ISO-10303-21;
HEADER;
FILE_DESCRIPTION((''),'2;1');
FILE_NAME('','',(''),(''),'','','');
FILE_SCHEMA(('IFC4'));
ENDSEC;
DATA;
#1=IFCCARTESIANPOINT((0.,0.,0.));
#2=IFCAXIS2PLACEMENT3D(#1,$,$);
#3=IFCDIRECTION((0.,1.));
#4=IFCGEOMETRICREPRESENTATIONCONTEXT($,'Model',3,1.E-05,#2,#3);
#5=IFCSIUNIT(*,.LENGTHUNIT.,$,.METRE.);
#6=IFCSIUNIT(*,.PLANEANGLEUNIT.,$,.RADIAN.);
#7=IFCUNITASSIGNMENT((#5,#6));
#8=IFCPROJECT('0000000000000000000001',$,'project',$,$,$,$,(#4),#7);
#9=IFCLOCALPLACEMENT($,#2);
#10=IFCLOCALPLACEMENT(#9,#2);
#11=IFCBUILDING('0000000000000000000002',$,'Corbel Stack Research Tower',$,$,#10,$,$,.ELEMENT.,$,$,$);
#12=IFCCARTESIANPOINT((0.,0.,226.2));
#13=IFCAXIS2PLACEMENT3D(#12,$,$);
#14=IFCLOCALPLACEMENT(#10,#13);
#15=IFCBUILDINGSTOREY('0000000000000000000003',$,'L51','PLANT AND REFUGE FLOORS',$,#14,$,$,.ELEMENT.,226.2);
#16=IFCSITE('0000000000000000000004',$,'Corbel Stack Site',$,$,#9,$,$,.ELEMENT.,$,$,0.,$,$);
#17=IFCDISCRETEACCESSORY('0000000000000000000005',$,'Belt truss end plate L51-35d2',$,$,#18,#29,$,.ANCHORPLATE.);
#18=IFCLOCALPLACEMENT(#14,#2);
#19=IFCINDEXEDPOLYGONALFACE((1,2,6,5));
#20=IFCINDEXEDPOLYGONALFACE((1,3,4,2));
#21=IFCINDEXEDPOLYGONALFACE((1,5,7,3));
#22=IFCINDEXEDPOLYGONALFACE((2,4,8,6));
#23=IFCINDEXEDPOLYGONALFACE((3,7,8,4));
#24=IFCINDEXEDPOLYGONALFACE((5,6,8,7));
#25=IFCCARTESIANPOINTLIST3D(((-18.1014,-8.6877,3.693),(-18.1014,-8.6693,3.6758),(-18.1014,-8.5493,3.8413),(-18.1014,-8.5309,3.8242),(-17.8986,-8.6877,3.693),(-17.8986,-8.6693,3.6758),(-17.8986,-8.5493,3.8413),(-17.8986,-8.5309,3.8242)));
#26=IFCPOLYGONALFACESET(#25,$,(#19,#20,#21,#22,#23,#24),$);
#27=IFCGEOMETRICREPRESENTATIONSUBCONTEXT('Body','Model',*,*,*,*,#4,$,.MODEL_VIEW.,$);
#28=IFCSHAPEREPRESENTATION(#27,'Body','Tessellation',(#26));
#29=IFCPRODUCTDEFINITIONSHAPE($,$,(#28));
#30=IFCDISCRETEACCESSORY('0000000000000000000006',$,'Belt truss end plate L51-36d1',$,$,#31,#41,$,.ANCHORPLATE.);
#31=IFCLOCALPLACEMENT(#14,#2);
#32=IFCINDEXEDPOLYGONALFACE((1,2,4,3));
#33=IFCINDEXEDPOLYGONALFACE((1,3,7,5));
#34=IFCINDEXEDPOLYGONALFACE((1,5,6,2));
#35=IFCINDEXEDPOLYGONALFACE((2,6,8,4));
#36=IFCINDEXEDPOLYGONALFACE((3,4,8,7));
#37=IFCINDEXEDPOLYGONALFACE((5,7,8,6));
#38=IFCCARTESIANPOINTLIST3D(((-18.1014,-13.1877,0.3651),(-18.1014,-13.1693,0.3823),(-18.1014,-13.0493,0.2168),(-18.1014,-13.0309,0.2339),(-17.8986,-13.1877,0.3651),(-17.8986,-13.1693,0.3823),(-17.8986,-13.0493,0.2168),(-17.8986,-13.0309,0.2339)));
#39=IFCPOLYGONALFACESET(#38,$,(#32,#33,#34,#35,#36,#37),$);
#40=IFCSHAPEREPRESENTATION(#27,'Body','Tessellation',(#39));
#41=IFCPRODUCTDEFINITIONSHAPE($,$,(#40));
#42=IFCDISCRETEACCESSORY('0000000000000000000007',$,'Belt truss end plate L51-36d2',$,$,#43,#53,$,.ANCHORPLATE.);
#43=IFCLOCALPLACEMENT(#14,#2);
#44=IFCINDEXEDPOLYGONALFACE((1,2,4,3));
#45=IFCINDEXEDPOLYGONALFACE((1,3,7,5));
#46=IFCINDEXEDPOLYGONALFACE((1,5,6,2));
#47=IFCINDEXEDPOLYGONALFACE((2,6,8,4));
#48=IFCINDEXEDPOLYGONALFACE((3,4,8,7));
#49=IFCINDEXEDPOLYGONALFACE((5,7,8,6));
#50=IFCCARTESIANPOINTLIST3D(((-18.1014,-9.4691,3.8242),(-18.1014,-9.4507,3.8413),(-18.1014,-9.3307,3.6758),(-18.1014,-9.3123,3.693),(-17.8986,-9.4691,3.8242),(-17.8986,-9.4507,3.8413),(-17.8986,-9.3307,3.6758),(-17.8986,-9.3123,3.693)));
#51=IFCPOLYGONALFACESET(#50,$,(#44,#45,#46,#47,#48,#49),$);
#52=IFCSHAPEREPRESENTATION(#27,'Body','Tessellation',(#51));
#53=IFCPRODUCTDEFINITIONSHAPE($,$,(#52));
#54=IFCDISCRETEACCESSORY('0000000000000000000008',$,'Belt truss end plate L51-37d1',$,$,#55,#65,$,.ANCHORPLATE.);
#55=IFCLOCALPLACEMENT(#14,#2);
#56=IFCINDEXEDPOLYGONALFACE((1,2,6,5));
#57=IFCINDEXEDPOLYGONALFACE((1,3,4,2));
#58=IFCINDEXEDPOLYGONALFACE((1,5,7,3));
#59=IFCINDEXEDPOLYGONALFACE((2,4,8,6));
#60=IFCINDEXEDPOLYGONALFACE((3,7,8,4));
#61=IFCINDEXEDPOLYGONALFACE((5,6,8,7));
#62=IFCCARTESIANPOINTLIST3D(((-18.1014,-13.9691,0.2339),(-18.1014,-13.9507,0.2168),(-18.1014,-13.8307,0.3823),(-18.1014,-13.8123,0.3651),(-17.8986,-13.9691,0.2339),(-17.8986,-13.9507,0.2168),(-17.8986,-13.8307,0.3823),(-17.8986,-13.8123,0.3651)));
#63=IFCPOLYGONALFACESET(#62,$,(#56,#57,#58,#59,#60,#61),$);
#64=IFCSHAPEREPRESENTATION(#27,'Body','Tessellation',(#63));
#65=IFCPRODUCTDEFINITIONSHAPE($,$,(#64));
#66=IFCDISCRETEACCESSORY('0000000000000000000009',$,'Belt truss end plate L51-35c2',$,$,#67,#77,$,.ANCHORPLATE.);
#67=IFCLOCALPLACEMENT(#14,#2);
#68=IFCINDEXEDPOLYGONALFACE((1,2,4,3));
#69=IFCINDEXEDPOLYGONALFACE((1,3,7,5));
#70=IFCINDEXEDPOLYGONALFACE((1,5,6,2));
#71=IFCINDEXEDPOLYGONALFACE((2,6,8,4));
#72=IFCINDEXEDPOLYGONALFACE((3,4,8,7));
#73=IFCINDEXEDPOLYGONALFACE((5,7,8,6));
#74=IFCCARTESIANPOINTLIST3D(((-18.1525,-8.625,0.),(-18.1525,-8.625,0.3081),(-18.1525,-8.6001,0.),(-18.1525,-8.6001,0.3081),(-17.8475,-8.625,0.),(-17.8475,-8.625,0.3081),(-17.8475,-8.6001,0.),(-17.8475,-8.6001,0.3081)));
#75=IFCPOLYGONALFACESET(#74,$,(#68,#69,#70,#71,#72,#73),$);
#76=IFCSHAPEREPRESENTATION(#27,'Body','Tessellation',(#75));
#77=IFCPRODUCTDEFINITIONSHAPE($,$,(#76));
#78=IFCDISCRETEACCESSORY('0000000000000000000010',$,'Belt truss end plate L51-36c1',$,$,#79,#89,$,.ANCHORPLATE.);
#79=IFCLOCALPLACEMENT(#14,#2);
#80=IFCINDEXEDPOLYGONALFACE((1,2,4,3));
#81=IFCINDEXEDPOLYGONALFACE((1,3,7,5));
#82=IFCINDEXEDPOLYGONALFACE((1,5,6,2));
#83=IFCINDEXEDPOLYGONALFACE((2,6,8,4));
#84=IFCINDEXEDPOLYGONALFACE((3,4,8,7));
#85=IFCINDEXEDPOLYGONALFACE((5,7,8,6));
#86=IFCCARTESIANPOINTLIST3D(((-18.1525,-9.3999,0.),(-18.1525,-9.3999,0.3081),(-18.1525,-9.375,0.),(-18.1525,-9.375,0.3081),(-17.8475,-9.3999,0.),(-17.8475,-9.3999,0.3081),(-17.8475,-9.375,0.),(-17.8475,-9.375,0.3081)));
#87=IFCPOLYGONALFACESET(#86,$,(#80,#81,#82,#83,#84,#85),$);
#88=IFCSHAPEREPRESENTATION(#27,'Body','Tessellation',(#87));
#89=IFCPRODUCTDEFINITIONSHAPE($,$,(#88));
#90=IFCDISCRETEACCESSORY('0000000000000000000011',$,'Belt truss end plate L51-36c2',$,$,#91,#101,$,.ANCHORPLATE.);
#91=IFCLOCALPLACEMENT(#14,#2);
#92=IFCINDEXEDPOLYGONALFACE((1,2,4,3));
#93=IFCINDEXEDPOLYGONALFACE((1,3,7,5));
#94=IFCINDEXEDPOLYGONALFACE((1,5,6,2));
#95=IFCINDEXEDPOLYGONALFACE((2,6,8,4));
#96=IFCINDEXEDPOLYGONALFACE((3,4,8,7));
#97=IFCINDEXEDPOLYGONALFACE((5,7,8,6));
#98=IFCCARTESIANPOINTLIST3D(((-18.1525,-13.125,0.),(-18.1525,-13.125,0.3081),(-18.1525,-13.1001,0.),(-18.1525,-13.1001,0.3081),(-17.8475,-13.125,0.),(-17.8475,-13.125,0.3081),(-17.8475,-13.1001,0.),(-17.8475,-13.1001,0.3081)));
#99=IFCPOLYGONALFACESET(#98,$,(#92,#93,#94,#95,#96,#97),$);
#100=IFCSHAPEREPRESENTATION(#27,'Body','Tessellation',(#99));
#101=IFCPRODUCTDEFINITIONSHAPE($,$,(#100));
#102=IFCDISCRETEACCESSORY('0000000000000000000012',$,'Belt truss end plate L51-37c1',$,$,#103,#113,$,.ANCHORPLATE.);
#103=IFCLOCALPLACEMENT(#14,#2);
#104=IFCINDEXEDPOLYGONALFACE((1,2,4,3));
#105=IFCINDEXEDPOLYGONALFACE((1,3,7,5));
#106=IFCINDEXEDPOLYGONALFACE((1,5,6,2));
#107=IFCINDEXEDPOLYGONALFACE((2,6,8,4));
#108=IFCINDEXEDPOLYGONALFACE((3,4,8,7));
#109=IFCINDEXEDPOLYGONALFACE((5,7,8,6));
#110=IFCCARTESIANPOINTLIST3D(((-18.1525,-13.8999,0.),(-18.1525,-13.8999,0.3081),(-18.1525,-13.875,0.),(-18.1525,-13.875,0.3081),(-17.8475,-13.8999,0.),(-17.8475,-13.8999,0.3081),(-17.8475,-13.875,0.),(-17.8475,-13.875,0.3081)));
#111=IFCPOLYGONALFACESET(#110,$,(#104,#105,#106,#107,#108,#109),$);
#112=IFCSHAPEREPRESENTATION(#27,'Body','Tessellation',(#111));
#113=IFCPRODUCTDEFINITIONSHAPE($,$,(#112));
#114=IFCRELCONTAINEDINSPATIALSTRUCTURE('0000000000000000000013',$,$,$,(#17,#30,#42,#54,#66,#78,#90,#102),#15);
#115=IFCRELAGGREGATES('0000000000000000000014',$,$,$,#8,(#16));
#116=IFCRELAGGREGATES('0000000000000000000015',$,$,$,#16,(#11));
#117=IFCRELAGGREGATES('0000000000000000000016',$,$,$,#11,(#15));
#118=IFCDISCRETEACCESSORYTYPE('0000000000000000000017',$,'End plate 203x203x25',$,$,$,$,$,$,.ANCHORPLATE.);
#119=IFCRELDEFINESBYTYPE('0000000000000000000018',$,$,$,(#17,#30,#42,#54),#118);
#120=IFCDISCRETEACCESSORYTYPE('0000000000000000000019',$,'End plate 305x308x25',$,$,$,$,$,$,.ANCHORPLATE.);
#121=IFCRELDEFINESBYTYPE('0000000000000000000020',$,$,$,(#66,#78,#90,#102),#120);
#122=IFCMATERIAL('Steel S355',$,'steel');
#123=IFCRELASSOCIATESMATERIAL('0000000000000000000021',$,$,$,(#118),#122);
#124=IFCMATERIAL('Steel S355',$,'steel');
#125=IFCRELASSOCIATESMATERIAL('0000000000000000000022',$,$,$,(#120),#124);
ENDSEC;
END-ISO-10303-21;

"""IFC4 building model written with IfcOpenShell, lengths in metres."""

from ifc_helpers import new_model, si_unit, direction, frame, origin, origin_2d, place, context, subcontext, project, spatial, rectangle, extrude, material, material_profile, profile_set, type_object, element, save


model = new_model("IFC4")

# Units and contexts
model_context = context("Model", 3, precision=1e-05, world=origin(), true_north=direction((0.0, 1.0)))
body_context = subcontext(model_context, "Body", "Model", "MODEL_VIEW")
ifc_project = project(units=[si_unit("LENGTHUNIT", "METRE"), si_unit("PLANEANGLEUNIT", "RADIAN")], contexts=[model_context])

# Site, building, storey
site_placement = place(None, origin())
site = spatial("IfcSite", under=ifc_project, at=site_placement, Name="Corbel Stack Site", CompositionType="ELEMENT", RefElevation=0.0)
building_placement = place(site_placement, origin())
building = spatial("IfcBuilding", under=site, at=building_placement, Name="Corbel Stack Research Tower", CompositionType="ELEMENT")
storey_placement = place(building_placement, frame((0.0, 0.0, 226.2)))
storey = spatial("IfcBuildingStorey", under=building, at=storey_placement, Name="L51", Description="PLANT AND REFUGE FLOORS", CompositionType="ELEMENT", Elevation=226.2)

# Discrete accessories
ifc_material_1 = material(Name="Steel S355", Category="steel")
ifc_material_profile_1 = material_profile(ifc_material_1, rectangle(XDim=0.2029, YDim=0.2029, at=origin_2d()), Name="End plate 203x203x25")
ifc_profile_set_1 = profile_set([ifc_material_profile_1], Name="Steel S355")
discrete_accessory_type_1 = type_object("IfcDiscreteAccessoryType", Name="End plate 203x203x25", PredefinedType="ANCHORPLATE", material=ifc_profile_set_1)
for number, where, z_axis, x_axis, name in (
    (1, (-18.0, -8.6001, 3.75), (0.0, -0.731055, 0.682318), (1.0, 0.0, 0.0), "Belt truss end plate L51-35d2"),
    (2, (-18.0, -13.1001, 0.3081), (0.0, -0.731055, -0.682318), (1.0, 0.0, 0.0), "Belt truss end plate L51-36d1"),
    (3, (-18.0, -9.3999, 3.75), (0.0, 0.731055, 0.682318), (-1.0, 0.0, 0.0), "Belt truss end plate L51-36d2"),
    (4, (-18.0, -13.8999, 0.3081), (0.0, 0.731055, -0.682318), (-1.0, 0.0, 0.0), "Belt truss end plate L51-37d1"),
):
    element("IfcDiscreteAccessory", number, at=place(storey_placement, frame(where, z_axis=z_axis, x_axis=x_axis)), inside=storey, type_object=discrete_accessory_type_1, Name=name, PredefinedType="ANCHORPLATE", context=body_context, shape_type="SweptSolid", body=[
        extrude(rectangle(XDim=0.2029, YDim=0.2029, at=origin_2d()), origin(), (0.0, 0.0, 1.0), 0.0251),
    ])
ifc_material_2 = material(Name="Steel S355", Category="steel")
ifc_material_profile_2 = material_profile(ifc_material_2, rectangle(XDim=0.3049, YDim=0.3081, at=origin_2d()), Name="End plate 305x308x25")
ifc_profile_set_2 = profile_set([ifc_material_profile_2], Name="Steel S355")
discrete_accessory_type_2 = type_object("IfcDiscreteAccessoryType", Name="End plate 305x308x25", PredefinedType="ANCHORPLATE", material=ifc_profile_set_2)
for number, where, z_axis, x_axis, name in (
    (5, (-18.0, -8.6001, 0.1541), (0.0, -1.0, 0.0), (1.0, 0.0, 0.0), "Belt truss end plate L51-35c2"),
    (6, (-18.0, -9.3999, 0.1541), (0.0, 1.0, 0.0), (-1.0, 0.0, 0.0), "Belt truss end plate L51-36c1"),
    (7, (-18.0, -13.1001, 0.1541), (0.0, -1.0, 0.0), (1.0, 0.0, 0.0), "Belt truss end plate L51-36c2"),
    (8, (-18.0, -13.8999, 0.1541), (0.0, 1.0, 0.0), (-1.0, 0.0, 0.0), "Belt truss end plate L51-37c1"),
):
    element("IfcDiscreteAccessory", number, at=place(storey_placement, frame(where, z_axis=z_axis, x_axis=x_axis)), inside=storey, type_object=discrete_accessory_type_2, Name=name, PredefinedType="ANCHORPLATE", context=body_context, shape_type="SweptSolid", body=[
        extrude(rectangle(XDim=0.3049, YDim=0.3081, at=origin_2d()), origin(), (0.0, 0.0, 1.0), 0.0249),
    ])

save(model, "model.ifc")
